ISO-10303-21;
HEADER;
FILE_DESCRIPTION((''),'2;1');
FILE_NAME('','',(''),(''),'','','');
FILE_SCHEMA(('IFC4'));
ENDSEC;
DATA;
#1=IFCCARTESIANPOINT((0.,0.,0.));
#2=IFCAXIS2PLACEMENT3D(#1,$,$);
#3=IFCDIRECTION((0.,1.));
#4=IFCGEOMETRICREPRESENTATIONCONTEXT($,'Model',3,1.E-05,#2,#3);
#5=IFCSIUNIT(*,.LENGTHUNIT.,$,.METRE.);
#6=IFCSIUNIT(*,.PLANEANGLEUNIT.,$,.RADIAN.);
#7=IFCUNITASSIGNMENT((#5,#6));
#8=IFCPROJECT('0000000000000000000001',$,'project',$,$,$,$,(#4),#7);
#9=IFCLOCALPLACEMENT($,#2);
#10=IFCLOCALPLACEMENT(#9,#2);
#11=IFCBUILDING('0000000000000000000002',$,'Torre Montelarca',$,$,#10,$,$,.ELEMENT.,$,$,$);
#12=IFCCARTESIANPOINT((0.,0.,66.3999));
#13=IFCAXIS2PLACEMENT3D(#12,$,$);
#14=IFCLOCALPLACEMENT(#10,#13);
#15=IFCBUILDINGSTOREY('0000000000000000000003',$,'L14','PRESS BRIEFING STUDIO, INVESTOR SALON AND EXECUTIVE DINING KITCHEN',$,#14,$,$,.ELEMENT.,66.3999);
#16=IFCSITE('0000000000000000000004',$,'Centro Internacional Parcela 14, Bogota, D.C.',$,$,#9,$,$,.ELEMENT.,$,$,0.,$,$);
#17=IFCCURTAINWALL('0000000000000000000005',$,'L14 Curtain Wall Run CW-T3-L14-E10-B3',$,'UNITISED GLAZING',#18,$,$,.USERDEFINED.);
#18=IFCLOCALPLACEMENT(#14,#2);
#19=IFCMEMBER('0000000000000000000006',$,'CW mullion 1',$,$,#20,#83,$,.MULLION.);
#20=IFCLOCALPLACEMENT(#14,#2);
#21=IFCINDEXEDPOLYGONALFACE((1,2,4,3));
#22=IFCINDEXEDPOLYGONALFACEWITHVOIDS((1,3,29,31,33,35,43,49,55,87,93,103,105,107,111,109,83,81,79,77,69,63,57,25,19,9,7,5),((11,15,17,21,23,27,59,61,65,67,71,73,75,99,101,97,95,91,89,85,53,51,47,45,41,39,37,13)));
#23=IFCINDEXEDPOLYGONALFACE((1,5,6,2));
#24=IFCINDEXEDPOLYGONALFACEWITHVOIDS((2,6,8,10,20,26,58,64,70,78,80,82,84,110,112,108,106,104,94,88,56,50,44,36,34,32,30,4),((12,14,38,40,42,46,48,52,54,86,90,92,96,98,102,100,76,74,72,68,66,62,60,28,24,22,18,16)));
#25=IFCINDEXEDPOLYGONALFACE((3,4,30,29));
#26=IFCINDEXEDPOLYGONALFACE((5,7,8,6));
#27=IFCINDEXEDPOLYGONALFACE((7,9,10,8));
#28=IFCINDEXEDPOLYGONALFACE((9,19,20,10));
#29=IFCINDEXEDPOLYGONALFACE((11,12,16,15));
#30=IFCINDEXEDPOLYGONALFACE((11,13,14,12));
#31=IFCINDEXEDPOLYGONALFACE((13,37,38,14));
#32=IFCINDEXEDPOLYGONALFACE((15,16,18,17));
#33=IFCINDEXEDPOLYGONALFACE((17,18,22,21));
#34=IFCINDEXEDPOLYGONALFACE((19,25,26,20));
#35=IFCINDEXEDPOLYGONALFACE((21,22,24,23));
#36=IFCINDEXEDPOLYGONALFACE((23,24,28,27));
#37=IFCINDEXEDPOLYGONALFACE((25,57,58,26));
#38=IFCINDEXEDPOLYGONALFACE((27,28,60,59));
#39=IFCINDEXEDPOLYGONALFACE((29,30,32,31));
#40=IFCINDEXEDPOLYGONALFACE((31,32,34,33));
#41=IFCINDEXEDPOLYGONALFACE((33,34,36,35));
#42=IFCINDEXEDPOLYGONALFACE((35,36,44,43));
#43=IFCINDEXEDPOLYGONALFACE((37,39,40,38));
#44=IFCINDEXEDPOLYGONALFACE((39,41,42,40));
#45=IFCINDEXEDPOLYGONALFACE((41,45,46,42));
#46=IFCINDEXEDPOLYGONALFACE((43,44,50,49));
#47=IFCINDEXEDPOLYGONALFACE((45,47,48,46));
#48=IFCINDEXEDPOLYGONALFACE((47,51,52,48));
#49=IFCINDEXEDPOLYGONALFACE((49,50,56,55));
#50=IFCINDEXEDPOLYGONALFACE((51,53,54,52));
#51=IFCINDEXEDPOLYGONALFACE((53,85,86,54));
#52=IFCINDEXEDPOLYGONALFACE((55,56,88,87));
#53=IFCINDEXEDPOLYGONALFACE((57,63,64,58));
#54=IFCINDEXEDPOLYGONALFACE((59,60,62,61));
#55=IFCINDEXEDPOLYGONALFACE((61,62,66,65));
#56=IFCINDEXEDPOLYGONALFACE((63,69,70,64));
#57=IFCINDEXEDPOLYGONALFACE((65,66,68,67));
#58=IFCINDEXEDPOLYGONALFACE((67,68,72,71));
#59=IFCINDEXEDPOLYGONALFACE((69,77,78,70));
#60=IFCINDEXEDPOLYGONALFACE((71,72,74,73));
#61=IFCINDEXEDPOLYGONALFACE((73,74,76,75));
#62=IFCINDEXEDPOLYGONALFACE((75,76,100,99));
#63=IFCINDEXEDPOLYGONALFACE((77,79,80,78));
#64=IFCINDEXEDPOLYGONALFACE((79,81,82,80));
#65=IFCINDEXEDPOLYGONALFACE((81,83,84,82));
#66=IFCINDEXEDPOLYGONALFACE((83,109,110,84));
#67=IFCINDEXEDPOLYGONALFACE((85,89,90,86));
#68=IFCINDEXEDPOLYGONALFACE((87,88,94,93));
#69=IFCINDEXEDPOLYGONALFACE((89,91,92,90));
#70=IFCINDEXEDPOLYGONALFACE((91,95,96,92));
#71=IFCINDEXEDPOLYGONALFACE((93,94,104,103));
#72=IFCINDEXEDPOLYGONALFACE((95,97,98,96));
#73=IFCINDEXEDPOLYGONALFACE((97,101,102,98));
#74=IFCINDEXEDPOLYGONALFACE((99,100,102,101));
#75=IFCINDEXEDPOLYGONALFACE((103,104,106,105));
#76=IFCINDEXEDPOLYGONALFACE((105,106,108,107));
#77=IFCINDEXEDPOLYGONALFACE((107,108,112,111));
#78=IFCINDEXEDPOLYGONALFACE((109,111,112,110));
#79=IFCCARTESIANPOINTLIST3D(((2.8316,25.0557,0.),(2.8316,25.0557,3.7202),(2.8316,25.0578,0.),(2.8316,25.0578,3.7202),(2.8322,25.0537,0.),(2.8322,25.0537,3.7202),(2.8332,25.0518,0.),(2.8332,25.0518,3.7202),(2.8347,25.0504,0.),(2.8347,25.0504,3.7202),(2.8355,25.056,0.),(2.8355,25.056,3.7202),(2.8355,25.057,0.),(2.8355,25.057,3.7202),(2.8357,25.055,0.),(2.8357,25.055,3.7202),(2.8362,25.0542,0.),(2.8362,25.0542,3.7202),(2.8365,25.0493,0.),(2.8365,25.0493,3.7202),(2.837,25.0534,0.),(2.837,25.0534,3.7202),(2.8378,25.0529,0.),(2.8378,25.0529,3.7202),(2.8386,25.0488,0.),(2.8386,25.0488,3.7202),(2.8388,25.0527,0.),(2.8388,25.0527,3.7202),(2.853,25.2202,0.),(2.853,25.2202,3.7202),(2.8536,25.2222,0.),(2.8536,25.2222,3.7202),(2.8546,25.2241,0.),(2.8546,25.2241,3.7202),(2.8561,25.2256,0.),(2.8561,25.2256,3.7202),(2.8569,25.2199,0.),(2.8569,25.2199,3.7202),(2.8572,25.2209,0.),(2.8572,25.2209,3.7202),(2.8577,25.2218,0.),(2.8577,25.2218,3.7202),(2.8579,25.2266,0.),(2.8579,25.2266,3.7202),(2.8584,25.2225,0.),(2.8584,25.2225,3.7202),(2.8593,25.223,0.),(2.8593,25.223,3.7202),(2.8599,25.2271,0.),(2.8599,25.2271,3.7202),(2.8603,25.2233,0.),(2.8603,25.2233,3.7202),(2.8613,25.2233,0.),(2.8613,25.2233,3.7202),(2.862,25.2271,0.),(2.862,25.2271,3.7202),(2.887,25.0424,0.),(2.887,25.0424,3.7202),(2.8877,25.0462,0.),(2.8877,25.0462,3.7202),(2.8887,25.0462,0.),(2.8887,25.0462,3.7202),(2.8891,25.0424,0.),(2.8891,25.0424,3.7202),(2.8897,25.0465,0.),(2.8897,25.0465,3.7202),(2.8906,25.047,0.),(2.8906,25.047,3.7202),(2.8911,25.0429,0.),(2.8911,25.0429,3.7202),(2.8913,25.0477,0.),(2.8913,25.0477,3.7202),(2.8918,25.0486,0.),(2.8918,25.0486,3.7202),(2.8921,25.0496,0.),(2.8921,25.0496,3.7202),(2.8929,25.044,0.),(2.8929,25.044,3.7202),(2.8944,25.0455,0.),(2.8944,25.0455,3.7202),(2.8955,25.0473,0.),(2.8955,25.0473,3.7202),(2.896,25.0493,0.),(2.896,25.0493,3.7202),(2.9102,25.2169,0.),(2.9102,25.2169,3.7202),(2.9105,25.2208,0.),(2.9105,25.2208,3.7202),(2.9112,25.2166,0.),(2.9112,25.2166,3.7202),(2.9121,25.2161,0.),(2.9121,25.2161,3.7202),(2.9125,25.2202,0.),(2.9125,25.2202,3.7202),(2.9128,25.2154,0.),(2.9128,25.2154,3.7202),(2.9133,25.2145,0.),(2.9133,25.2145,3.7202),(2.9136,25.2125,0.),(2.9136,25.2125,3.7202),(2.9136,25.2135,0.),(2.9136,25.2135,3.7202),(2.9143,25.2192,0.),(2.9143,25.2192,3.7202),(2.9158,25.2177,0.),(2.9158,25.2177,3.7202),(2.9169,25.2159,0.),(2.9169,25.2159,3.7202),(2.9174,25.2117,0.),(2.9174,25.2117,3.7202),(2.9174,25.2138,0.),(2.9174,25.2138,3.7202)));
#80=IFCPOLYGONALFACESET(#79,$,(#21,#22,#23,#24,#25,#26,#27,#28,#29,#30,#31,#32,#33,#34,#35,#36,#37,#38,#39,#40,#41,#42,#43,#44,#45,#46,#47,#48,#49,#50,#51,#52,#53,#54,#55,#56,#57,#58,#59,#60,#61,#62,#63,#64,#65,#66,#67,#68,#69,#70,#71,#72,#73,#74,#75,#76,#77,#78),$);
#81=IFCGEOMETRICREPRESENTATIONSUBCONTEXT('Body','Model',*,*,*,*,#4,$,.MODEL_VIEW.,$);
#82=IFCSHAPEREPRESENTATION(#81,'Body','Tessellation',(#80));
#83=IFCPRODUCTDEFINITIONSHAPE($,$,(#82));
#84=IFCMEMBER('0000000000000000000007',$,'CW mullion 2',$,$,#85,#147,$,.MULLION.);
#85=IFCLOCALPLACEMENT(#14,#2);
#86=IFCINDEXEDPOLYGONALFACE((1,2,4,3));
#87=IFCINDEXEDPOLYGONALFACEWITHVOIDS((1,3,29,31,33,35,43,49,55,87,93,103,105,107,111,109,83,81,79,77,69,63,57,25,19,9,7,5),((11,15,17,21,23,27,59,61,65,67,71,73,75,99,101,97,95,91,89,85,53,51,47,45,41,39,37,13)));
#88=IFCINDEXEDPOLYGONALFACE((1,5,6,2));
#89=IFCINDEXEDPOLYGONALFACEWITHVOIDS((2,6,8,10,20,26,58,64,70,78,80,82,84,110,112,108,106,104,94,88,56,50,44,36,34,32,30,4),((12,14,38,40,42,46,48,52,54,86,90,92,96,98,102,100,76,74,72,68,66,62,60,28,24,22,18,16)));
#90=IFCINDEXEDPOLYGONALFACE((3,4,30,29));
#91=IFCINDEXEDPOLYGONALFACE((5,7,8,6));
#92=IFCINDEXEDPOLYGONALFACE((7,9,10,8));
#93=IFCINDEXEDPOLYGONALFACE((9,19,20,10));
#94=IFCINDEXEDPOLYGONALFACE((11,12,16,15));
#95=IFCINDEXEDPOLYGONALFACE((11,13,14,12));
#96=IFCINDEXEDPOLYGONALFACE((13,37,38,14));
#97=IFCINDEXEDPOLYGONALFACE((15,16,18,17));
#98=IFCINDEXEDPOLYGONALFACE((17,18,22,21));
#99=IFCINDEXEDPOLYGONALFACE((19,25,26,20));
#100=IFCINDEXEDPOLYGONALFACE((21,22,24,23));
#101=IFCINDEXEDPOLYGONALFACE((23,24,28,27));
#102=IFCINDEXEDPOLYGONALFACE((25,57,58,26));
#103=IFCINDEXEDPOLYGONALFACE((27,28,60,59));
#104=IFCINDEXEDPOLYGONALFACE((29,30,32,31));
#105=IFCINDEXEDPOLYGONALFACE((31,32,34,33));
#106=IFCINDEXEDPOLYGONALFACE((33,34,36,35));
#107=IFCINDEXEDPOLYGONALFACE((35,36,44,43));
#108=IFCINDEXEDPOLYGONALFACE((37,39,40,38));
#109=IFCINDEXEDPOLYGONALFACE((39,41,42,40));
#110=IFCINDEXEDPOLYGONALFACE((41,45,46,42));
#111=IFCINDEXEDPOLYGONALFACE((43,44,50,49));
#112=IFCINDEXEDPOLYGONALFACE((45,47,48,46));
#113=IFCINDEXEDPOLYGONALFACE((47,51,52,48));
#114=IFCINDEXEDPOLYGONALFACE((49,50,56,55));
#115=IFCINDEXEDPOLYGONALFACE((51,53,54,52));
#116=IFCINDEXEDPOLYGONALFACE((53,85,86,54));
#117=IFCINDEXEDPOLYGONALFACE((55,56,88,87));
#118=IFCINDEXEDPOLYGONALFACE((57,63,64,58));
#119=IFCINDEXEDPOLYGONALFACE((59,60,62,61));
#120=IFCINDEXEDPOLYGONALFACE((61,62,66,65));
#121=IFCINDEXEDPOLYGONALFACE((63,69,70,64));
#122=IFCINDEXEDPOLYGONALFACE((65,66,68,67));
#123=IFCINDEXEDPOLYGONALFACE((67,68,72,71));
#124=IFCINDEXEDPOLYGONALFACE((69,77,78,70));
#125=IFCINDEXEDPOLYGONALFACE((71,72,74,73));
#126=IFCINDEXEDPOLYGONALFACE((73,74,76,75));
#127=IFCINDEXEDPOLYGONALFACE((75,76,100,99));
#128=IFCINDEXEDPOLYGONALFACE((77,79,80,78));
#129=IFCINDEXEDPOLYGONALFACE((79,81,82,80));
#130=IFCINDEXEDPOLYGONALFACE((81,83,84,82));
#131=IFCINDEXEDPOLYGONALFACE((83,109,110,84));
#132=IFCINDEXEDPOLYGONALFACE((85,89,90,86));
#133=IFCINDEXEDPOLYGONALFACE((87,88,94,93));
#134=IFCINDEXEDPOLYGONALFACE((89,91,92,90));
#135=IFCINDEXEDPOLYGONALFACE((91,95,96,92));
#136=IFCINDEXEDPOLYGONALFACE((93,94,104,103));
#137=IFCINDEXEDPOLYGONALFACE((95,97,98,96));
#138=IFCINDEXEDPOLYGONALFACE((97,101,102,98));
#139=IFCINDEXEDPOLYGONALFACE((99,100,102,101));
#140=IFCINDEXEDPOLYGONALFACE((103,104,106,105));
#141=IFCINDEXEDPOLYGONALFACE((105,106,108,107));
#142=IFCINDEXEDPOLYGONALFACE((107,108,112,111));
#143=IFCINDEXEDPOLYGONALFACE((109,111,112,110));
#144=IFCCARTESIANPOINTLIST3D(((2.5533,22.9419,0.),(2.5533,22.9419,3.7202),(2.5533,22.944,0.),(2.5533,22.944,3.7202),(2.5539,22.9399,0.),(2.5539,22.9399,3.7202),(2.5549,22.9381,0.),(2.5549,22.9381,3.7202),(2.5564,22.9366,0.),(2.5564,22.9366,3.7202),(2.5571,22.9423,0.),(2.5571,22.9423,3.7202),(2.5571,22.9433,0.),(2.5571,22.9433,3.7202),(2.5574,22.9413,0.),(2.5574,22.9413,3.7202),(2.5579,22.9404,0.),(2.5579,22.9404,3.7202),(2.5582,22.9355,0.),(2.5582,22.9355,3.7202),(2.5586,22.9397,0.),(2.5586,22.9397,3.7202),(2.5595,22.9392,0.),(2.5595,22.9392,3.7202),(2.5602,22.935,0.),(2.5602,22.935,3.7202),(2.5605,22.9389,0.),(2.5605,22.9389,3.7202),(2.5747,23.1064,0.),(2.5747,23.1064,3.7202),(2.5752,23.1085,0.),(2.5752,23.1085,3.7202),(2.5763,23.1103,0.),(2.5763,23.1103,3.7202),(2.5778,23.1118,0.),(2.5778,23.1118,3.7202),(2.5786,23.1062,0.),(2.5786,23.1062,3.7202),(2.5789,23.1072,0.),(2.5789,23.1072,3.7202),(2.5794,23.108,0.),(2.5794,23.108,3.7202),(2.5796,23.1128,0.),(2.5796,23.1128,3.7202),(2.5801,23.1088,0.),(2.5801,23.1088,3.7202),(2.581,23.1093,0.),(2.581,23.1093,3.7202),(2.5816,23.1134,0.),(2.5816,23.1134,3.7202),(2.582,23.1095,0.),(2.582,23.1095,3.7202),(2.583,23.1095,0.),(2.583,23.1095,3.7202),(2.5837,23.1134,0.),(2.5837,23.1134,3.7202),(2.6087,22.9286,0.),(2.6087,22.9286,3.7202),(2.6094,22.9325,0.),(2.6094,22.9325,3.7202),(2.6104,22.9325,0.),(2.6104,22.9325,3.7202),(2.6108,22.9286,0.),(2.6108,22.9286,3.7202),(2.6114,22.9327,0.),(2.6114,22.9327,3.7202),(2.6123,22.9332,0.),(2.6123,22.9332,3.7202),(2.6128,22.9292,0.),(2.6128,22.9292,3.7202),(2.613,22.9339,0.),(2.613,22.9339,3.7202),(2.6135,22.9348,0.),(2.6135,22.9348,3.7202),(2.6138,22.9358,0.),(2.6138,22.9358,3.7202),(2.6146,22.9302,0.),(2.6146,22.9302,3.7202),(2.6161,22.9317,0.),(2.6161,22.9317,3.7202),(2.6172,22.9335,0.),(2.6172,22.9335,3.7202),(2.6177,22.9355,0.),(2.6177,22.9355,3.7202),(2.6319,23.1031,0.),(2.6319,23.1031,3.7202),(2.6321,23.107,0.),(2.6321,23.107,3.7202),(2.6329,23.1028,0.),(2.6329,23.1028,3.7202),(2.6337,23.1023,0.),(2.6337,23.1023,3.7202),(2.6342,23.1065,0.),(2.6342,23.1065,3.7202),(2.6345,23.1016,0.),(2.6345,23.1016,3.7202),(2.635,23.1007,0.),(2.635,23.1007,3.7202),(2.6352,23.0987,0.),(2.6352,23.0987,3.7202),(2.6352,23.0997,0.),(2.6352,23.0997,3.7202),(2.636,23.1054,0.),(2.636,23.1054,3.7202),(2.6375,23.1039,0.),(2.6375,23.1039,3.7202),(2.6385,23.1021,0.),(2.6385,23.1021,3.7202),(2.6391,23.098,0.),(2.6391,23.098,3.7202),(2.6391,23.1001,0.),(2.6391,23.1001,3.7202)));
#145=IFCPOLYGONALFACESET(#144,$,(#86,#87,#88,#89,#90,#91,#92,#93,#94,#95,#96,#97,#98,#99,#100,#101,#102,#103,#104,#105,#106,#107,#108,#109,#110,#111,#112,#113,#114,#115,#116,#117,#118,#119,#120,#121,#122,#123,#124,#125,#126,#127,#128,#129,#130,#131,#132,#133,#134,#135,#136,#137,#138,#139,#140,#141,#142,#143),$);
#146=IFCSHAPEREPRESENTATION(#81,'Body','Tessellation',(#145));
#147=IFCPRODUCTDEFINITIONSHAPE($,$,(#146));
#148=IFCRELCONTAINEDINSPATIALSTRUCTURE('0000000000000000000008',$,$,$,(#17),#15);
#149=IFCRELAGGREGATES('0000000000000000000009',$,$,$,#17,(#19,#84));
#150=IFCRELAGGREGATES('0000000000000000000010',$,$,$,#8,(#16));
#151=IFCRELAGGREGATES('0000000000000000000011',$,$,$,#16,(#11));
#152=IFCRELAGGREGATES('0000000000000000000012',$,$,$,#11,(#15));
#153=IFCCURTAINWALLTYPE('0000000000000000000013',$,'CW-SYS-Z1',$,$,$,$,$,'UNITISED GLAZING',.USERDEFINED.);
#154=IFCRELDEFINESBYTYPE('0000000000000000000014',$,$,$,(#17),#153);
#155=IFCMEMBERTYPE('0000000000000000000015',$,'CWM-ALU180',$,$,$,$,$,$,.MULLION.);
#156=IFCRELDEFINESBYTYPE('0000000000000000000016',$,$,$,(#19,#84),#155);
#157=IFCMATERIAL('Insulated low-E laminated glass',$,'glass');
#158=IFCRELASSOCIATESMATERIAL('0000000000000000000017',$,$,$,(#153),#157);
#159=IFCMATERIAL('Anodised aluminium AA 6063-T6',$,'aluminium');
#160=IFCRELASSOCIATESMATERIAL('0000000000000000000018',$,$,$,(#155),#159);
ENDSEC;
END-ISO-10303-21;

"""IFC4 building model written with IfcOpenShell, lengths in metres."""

from ifc_helpers import new_model, si_unit, direction, frame, origin, origin_2d, place, context, subcontext, project, spatial, hollow_rectangle, extrude, source, transform, mapped, material, material_profile, profile_set, type_object, element, aggregate, save


model = new_model("IFC4")

# Units and contexts
model_context = context("Model", 3, precision=1e-05, world=origin(), true_north=direction((0.0, 1.0)))
body_context = subcontext(model_context, "Body", "Model", "MODEL_VIEW")
ifc_project = project(units=[si_unit("LENGTHUNIT", "METRE"), si_unit("PLANEANGLEUNIT", "RADIAN")], contexts=[model_context])

# Site, building, storey
site_placement = place(None, origin())
site = spatial("IfcSite", under=ifc_project, at=site_placement, Name="Centro Internacional Parcela 14, Bogota, D.C.", CompositionType="ELEMENT", RefElevation=0.0)
building_placement = place(site_placement, origin())
building = spatial("IfcBuilding", under=site, at=building_placement, Name="Torre Montelarca", CompositionType="ELEMENT")
storey_placement = place(building_placement, frame((0.0, 0.0, 66.3999)))
storey = spatial("IfcBuildingStorey", under=building, at=storey_placement, Name="L14", Description="PRESS BRIEFING STUDIO, INVESTOR SALON AND EXECUTIVE DINING KITCHEN", CompositionType="ELEMENT", Elevation=66.3999)

# Curtain wall, members
ifc_material_1 = material(Name="Insulated low-E laminated glass", Category="glass")
curtain_wall_type = type_object("IfcCurtainWallType", Name="CW-SYS-Z1", ElementType="UNITISED GLAZING", PredefinedType="USERDEFINED", material=ifc_material_1)
ifc_material_2 = material(Name="Anodised aluminium AA 6063-T6", Category="aluminium")
curtain_wall_1_placement = place(storey_placement, origin())
curtain_wall_1 = element("IfcCurtainWall", 1, at=curtain_wall_1_placement, inside=storey, type_object=curtain_wall_type, Name="L14 Curtain Wall Run CW-T3-L14-E10-B3", ObjectType="UNITISED GLAZING", PredefinedType="USERDEFINED")
ifc_material_profile_1 = material_profile(ifc_material_2, hollow_rectangle(XDim=0.0649, YDim=0.1799, WallThickness=0.0039, InnerFilletRadius=0.0039, OuterFilletRadius=0.0081, at=origin_2d()), Name="ALU65X180X4", Category="aluminium")
ifc_profile_set_1 = profile_set([ifc_material_profile_1], Name="Anodised aluminium AA 6063-T6")
member_type_1 = type_object("IfcMemberType", Name="CWM-ALU180", PredefinedType="MULLION", material=ifc_profile_set_1)
shared_shape_1 = source(origin(), body_context, "Body", "SweptSolid", [
    extrude(hollow_rectangle(XDim=0.0649, YDim=0.1799, WallThickness=0.0039, InnerFilletRadius=0.0039, OuterFilletRadius=0.0081, at=origin_2d()), origin(), (0.0, 0.0, 1.0), 3.7202),
])
member_1_placement = place(storey_placement, frame((2.8745, 25.1348, 0.0), z_axis=(0.0, 0.0, 1.0), x_axis=(0.991447, -0.130508, 0.0)))
member_1 = element("IfcMember", 2, at=member_1_placement, type_object=member_type_1, Name="CW mullion 1", PredefinedType="MULLION", context=body_context, shape_type="MappedRepresentation", body=[
    mapped(shared_shape_1, transform((0.0, 0.0, 0.0), scale=1.0)),
])
member_2_placement = place(storey_placement, frame((2.5962, 23.021, 0.0), z_axis=(0.0, 0.0, 1.0), x_axis=(0.991447, -0.130508, 0.0)))
member_2 = element("IfcMember", 3, at=member_2_placement, type_object=member_type_1, Name="CW mullion 2", PredefinedType="MULLION", context=body_context, shape_type="MappedRepresentation", body=[
    mapped(shared_shape_1, transform((0.0, 0.0, 0.0), scale=1.0)),
])

aggregate(curtain_wall_1, [member_1, member_2])

save(model, "model.ifc")
